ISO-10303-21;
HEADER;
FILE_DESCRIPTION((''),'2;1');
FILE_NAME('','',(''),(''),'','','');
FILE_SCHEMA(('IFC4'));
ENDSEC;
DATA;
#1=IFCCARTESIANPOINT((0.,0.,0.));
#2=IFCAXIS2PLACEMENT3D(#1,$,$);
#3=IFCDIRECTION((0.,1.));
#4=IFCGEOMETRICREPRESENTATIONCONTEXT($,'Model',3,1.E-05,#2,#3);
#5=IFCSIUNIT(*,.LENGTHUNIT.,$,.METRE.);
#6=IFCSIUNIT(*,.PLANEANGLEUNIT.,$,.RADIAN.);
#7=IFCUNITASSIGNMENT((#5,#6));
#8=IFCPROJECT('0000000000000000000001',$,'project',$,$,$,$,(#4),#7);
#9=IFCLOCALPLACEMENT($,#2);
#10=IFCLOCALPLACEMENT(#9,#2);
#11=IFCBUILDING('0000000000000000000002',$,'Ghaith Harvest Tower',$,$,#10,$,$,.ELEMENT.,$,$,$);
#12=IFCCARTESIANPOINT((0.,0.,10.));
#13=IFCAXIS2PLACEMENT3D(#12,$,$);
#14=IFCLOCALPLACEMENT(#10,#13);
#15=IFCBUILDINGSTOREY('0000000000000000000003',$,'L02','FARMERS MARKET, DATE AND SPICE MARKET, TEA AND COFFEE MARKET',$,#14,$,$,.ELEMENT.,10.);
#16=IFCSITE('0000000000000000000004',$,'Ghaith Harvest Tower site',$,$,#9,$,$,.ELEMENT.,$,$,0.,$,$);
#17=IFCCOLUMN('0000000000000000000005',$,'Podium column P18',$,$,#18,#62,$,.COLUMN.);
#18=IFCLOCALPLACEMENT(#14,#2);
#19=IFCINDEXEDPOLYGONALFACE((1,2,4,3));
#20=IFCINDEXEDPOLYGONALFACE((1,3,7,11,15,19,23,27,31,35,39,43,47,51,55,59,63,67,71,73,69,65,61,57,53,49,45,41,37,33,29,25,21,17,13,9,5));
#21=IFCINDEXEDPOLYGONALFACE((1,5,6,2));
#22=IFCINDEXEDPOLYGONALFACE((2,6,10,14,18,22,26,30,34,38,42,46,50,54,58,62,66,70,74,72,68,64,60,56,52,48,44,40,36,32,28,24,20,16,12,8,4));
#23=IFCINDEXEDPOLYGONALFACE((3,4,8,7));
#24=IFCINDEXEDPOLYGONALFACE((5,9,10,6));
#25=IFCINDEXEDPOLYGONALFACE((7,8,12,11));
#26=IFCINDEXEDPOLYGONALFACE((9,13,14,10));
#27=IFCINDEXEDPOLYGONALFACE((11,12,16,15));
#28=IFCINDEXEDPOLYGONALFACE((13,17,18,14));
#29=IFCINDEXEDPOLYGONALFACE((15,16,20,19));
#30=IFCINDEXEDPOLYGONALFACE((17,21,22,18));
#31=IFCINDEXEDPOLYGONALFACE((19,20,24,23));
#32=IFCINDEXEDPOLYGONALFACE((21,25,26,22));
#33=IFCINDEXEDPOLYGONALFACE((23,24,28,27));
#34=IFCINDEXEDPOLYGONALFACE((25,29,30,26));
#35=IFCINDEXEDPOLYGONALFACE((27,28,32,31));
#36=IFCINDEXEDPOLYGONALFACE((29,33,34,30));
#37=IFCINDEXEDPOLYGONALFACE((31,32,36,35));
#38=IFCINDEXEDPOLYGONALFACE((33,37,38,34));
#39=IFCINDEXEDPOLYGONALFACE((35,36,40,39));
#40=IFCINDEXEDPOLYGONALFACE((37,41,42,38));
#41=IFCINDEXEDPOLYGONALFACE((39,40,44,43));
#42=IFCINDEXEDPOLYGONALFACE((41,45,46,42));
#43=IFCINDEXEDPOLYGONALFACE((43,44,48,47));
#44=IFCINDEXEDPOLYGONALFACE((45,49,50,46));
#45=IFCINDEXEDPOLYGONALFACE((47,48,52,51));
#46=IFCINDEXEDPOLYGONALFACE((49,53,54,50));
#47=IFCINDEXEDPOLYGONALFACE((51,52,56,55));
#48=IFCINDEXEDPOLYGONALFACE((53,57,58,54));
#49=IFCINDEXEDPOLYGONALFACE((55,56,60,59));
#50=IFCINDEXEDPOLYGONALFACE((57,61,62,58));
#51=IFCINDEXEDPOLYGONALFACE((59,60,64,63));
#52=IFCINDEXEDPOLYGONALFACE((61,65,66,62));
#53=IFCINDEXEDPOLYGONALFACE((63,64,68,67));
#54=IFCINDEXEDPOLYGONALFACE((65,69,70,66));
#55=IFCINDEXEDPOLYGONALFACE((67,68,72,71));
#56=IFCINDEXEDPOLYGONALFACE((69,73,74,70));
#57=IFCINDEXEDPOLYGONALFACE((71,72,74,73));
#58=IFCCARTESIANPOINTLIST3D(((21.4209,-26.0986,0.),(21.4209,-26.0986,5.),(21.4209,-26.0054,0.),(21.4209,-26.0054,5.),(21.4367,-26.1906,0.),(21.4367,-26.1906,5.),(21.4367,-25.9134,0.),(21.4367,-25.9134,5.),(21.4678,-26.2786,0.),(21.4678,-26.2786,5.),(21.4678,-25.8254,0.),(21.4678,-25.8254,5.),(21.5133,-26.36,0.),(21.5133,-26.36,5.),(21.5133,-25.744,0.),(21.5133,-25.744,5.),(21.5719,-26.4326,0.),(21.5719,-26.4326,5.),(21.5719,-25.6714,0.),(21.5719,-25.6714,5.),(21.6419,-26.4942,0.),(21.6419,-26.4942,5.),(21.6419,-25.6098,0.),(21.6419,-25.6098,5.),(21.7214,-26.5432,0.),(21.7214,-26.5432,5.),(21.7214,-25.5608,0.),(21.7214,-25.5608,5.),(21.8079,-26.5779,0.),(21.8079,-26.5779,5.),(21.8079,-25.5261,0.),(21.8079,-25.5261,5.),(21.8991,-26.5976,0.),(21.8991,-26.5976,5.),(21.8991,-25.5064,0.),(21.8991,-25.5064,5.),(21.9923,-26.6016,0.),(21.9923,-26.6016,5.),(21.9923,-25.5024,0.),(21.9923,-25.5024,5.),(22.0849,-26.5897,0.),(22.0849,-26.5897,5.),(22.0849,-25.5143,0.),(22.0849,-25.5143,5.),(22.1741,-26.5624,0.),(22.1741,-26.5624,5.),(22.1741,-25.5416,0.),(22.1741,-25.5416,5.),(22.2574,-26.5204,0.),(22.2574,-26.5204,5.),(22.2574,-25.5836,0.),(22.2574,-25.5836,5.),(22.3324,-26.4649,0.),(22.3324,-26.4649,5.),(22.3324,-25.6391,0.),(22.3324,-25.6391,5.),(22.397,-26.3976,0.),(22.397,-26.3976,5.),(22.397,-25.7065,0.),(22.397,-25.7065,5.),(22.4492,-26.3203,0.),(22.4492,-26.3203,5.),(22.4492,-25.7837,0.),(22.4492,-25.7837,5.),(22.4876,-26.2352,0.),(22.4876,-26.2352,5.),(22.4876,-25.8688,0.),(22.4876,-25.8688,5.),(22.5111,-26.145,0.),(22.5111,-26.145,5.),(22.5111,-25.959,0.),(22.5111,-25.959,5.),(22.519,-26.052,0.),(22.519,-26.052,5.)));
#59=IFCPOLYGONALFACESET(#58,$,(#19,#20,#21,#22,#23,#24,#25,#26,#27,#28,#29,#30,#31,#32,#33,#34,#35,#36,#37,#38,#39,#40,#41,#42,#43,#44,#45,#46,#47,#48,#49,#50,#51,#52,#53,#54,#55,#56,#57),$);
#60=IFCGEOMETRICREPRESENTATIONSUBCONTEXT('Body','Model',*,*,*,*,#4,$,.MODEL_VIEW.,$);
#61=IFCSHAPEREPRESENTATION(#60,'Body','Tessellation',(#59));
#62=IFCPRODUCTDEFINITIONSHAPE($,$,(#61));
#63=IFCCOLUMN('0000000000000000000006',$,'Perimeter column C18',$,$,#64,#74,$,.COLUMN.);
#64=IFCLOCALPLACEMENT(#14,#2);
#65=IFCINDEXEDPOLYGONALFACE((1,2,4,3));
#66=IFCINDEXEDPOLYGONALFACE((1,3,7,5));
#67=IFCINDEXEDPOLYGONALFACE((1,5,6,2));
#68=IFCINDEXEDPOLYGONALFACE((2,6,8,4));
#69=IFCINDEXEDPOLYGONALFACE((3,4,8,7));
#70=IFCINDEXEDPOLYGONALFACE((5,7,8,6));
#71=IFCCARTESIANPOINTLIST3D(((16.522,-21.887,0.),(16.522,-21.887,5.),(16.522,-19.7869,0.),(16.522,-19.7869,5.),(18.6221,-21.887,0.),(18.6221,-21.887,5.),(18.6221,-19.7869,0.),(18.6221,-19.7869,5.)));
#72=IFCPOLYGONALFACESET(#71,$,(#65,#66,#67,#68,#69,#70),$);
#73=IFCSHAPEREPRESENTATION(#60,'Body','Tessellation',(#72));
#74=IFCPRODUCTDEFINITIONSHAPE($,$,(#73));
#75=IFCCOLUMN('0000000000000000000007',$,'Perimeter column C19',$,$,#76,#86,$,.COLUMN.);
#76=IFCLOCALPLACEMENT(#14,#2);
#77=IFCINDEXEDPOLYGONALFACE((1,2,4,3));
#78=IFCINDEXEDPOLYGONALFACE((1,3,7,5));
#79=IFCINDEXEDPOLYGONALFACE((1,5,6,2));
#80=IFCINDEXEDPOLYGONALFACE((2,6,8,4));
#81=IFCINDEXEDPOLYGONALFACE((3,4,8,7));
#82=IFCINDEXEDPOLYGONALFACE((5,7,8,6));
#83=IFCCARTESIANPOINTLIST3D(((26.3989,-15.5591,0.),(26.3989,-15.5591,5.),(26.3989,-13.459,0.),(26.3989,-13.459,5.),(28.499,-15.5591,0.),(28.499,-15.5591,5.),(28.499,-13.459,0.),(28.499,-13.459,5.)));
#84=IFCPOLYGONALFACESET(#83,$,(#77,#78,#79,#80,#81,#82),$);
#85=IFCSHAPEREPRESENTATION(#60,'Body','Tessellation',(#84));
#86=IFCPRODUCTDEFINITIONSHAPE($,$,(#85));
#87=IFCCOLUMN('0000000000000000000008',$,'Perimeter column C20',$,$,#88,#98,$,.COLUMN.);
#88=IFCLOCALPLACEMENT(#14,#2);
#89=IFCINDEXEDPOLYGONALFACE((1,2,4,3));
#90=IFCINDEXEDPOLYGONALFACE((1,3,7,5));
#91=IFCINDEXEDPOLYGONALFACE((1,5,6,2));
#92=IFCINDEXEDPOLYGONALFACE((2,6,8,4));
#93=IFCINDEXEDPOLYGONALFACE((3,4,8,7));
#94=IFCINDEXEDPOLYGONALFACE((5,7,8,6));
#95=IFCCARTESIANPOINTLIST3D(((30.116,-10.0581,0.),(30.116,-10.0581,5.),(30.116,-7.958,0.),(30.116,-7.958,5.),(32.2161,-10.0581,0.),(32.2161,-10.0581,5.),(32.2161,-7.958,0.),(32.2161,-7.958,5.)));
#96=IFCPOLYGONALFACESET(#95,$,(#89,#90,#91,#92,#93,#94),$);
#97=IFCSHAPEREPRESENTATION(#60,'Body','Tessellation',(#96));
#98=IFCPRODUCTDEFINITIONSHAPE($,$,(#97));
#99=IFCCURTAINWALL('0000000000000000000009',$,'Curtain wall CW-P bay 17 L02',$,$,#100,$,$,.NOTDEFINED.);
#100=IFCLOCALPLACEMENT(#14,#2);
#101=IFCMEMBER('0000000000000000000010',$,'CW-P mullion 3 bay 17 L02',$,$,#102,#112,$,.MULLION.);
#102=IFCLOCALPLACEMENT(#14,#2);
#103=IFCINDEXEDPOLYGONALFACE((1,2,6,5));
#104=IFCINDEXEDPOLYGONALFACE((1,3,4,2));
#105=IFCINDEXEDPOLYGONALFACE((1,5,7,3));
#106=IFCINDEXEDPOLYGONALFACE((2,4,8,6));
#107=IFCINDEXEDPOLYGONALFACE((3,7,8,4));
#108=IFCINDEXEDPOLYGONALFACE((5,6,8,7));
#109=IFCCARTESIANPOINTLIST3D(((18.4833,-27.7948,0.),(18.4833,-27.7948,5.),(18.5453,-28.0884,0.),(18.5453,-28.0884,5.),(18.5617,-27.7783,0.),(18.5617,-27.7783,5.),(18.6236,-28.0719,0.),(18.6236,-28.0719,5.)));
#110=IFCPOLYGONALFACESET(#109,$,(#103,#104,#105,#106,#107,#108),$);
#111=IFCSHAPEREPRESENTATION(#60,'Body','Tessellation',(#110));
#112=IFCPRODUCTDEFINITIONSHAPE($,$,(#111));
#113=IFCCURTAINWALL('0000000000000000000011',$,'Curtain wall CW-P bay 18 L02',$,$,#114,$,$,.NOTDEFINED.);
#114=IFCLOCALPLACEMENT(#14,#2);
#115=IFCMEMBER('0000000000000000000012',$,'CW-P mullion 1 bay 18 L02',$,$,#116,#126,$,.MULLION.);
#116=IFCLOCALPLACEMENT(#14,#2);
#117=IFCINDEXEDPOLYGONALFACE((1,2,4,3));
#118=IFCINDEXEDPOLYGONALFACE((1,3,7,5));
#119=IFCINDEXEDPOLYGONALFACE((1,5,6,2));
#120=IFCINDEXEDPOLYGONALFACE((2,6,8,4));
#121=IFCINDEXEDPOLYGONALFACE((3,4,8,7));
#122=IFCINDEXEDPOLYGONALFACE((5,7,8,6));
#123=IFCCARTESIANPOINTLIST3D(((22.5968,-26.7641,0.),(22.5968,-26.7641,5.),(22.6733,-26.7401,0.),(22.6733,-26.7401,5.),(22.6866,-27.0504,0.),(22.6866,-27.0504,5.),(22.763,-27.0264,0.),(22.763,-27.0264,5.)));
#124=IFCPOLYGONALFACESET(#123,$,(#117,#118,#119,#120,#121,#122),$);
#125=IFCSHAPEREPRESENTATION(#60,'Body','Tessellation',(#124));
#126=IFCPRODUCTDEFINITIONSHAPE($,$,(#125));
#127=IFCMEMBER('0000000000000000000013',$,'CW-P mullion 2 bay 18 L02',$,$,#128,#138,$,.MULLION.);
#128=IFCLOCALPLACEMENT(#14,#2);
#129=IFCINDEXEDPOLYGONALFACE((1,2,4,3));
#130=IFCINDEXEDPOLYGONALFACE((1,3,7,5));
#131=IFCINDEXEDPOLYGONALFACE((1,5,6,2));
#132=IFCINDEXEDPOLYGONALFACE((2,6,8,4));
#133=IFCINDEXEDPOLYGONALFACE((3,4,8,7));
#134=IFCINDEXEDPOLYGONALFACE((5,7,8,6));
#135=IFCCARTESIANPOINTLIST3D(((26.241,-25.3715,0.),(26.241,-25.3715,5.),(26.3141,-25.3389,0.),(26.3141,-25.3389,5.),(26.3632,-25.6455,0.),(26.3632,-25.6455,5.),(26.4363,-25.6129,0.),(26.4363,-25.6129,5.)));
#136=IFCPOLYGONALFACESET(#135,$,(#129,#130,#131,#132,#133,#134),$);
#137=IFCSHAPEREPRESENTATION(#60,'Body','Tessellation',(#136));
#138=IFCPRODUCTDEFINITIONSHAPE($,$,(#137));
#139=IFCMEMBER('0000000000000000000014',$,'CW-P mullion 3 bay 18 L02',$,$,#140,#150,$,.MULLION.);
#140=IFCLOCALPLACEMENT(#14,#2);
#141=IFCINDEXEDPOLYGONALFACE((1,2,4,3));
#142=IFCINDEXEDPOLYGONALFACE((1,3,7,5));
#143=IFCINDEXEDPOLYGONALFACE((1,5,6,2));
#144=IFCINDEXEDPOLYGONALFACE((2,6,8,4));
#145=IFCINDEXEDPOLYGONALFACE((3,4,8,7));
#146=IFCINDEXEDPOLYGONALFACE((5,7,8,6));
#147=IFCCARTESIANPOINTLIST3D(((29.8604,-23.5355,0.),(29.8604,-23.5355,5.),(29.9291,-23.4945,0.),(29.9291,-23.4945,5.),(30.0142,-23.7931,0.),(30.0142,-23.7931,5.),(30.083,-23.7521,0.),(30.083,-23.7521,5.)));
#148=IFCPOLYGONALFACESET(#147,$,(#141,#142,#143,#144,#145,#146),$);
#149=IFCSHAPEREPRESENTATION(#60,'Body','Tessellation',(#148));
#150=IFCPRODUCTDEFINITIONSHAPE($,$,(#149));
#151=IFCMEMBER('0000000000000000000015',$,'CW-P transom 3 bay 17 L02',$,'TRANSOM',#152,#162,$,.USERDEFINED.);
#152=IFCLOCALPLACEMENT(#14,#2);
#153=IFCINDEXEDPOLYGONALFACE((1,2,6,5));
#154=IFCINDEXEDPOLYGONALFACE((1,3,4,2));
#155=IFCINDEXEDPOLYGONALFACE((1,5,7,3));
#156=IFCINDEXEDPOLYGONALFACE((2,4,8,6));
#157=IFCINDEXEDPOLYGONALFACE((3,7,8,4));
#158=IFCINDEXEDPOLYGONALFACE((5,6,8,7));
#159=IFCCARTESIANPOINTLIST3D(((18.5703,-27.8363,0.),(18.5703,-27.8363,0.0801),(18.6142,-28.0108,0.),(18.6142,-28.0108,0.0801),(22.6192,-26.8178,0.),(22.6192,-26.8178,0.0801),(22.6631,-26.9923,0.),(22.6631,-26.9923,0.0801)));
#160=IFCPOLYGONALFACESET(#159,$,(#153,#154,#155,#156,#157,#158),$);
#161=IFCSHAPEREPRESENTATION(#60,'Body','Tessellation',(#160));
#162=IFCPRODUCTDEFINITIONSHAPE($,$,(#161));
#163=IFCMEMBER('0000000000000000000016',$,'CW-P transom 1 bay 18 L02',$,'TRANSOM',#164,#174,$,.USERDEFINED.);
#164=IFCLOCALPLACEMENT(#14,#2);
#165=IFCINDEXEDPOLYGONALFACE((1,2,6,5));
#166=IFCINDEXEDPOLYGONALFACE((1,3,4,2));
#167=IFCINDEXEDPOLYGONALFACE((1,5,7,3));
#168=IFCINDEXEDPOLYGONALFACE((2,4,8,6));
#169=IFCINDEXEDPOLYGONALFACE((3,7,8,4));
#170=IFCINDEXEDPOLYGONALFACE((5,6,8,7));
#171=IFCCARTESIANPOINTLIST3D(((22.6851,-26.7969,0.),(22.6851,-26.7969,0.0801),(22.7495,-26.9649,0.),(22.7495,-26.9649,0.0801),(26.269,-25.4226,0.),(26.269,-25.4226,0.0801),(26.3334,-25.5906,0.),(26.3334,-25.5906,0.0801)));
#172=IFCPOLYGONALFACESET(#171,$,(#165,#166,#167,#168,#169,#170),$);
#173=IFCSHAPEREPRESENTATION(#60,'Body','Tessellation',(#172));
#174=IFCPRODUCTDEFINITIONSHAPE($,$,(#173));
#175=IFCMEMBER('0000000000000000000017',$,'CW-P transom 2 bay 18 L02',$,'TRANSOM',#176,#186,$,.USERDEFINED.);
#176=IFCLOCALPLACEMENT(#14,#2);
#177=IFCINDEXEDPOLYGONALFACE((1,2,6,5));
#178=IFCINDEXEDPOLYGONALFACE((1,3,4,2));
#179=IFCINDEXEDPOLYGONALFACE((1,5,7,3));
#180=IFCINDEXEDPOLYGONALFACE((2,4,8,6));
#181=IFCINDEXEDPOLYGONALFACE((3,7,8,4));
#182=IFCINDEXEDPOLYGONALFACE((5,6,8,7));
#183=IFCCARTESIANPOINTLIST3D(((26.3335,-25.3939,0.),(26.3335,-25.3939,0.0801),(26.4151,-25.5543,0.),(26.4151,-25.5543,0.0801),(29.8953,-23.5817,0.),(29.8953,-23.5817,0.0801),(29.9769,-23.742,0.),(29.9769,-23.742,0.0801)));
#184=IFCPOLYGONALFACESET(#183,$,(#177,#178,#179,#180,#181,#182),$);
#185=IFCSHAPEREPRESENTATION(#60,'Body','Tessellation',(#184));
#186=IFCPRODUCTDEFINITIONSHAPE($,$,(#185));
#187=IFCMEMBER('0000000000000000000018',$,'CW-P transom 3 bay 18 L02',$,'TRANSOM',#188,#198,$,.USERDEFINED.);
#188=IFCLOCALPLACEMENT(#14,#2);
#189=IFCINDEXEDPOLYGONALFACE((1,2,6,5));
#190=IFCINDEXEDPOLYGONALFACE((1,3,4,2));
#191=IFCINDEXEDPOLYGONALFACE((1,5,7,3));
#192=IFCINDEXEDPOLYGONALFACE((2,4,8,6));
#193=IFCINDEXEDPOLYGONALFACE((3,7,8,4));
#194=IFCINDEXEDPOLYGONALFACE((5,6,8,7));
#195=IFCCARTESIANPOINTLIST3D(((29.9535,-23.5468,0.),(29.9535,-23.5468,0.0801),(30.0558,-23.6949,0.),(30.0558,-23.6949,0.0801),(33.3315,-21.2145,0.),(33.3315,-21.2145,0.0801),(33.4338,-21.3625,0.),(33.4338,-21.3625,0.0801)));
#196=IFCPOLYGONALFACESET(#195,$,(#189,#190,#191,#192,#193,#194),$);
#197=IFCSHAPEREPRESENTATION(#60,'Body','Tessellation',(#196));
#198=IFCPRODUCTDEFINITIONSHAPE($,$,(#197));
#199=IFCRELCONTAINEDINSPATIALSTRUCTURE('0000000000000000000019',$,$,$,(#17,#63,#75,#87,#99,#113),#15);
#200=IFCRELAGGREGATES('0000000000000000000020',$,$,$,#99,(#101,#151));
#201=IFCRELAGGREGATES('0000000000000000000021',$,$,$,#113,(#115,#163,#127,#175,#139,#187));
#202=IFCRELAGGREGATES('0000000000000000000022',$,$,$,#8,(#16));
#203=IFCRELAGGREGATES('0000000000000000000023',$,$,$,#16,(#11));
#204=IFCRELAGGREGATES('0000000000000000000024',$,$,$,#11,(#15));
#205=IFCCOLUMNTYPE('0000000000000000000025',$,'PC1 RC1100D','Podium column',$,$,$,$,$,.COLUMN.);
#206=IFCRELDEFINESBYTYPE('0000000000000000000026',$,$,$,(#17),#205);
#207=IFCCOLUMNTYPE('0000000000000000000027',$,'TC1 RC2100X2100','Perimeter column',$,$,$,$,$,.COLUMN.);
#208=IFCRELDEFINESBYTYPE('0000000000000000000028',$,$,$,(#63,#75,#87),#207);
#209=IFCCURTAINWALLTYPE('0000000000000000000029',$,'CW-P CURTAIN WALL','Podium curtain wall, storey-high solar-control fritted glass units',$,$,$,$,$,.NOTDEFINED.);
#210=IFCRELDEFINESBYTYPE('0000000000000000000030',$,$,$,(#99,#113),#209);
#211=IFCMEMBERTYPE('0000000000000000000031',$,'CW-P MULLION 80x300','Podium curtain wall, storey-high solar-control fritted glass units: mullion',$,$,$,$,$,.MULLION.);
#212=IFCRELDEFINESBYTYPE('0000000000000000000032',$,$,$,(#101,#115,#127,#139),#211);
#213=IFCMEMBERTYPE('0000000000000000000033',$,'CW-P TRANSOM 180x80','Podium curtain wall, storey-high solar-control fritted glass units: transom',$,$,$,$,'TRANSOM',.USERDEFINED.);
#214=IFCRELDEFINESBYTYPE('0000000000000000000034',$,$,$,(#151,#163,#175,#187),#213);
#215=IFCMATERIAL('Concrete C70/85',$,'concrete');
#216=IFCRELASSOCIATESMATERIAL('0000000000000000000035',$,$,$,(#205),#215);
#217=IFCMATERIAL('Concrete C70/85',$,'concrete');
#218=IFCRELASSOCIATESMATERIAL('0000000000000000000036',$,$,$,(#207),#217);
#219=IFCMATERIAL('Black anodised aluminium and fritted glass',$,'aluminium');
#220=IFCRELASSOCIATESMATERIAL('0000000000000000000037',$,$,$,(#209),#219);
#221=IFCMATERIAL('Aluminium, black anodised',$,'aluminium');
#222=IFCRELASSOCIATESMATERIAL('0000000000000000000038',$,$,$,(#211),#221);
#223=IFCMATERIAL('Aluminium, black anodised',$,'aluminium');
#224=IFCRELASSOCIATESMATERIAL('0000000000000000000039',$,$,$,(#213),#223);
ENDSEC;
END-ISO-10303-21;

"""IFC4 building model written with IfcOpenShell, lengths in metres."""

from ifc_helpers import new_model, si_unit, direction, frame, origin, origin_2d, place, context, subcontext, project, spatial, rectangle, circle, extrude, material, material_profile, profile_set, type_object, element, aggregate, save


model = new_model("IFC4")

# Units and contexts
model_context = context("Model", 3, precision=1e-05, world=origin(), true_north=direction((0.0, 1.0)))
body_context = subcontext(model_context, "Body", "Model", "MODEL_VIEW")
ifc_project = project(units=[si_unit("LENGTHUNIT", "METRE"), si_unit("PLANEANGLEUNIT", "RADIAN")], contexts=[model_context])

# Site, building, storey
site_placement = place(None, origin())
site = spatial("IfcSite", under=ifc_project, at=site_placement, Name="Ghaith Harvest Tower site", CompositionType="ELEMENT", RefElevation=0.0)
building_placement = place(site_placement, origin())
building = spatial("IfcBuilding", under=site, at=building_placement, Name="Ghaith Harvest Tower", CompositionType="ELEMENT")
storey_placement = place(building_placement, frame((0.0, 0.0, 10.0)))
storey = spatial("IfcBuildingStorey", under=building, at=storey_placement, Name="L02", Description="FARMERS MARKET, DATE AND SPICE MARKET, TEA AND COFFEE MARKET", CompositionType="ELEMENT", Elevation=10.0)

# Columns
ifc_material_1 = material(Name="Concrete C70/85", Category="concrete")
ifc_material_profile_1 = material_profile(ifc_material_1, circle(Radius=0.55, at=origin_2d()), Name="RC1100D")
ifc_profile_set_1 = profile_set([ifc_material_profile_1], Name="Concrete C70/85")
column_type_1 = type_object("IfcColumnType", Name="PC1 RC1100D", Description="Podium column", PredefinedType="COLUMN", material=ifc_profile_set_1)
column_placement = place(storey_placement, frame((21.969, -26.052, 0.0), z_axis=(0.0, 0.0, 1.0), x_axis=(1.0, 0.0, 0.0)))
element("IfcColumn", 1, at=column_placement, inside=storey, type_object=column_type_1, Name="Podium column P18", PredefinedType="COLUMN", context=body_context, shape_type="SweptSolid", body=[
    extrude(circle(Radius=0.55, at=origin_2d()), origin(), (0.0, 0.0, 1.0), 5.0),
])
ifc_material_2 = material(Name="Concrete C70/85", Category="concrete")
ifc_material_profile_2 = material_profile(ifc_material_2, rectangle(XDim=2.1001, YDim=2.1001, at=origin_2d()), Name="RC2100X2100")
ifc_profile_set_2 = profile_set([ifc_material_profile_2], Name="Concrete C70/85")
column_type_2 = type_object("IfcColumnType", Name="TC1 RC2100X2100", Description="Perimeter column", PredefinedType="COLUMN", material=ifc_profile_set_2)
for number, where, z_axis, x_axis, name in (
    (2, (17.572, -20.8369, 0.0), (0.0, 0.0, 1.0), (1.0, 0.0, 0.0), "Perimeter column C18"),
    (3, (27.449, -14.509, 0.0), (0.0, 0.0, 1.0), (1.0, 0.0, 0.0), "Perimeter column C19"),
    (4, (31.166, -9.0081, 0.0), (0.0, 0.0, 1.0), (1.0, 0.0, 0.0), "Perimeter column C20"),
):
    element("IfcColumn", number, at=place(storey_placement, frame(where, z_axis=z_axis, x_axis=x_axis)), inside=storey, type_object=column_type_2, Name=name, PredefinedType="COLUMN", context=body_context, shape_type="SweptSolid", body=[
        extrude(rectangle(XDim=2.1001, YDim=2.1001, at=origin_2d()), origin(), (0.0, 0.0, 1.0), 5.0),
    ])

# Curtain wall, member
ifc_material_3 = material(Name="Black anodised aluminium and fritted glass", Category="aluminium")
curtain_wall_type = type_object("IfcCurtainWallType", Name="CW-P CURTAIN WALL", Description="Podium curtain wall, storey-high solar-control fritted glass units", PredefinedType="NOTDEFINED", material=ifc_material_3)
curtain_wall_1_placement = place(storey_placement, origin())
curtain_wall_1 = element("IfcCurtainWall", 5, at=curtain_wall_1_placement, inside=storey, type_object=curtain_wall_type, Name="Curtain wall CW-P bay 17 L02", PredefinedType="NOTDEFINED")
ifc_material_4 = material(Name="Aluminium, black anodised", Category="aluminium")
ifc_material_profile_3 = material_profile(ifc_material_4, rectangle(XDim=0.0801, YDim=0.3, at=origin_2d()), Name="CW-P MULLION 80x300")
ifc_profile_set_3 = profile_set([ifc_material_profile_3], Name="Aluminium, black anodised")
member_type_1 = type_object("IfcMemberType", Name="CW-P MULLION 80x300", Description="Podium curtain wall, storey-high solar-control fritted glass units: mullion", PredefinedType="MULLION", material=ifc_profile_set_3)
member_1_placement = place(storey_placement, frame((18.5535, -27.9333, 0.0), z_axis=(0.0, 0.0, 1.0), x_axis=(0.978449, 0.20649, 0.0)))
member_1 = element("IfcMember", 6, at=member_1_placement, type_object=member_type_1, Name="CW-P mullion 3 bay 17 L02", PredefinedType="MULLION", context=body_context, shape_type="SweptSolid", body=[
    extrude(rectangle(XDim=0.0801, YDim=0.3, at=origin_2d()), origin(), (0.0, 0.0, 1.0), 5.0),
])

# Curtain wall, members
curtain_wall_2_placement = place(storey_placement, origin())
curtain_wall_2 = element("IfcCurtainWall", 7, at=curtain_wall_2_placement, inside=storey, type_object=curtain_wall_type, Name="Curtain wall CW-P bay 18 L02", PredefinedType="NOTDEFINED")
member_2_placement = place(storey_placement, frame((22.6799, -26.8953, 0.0), z_axis=(0.0, 0.0, 1.0), x_axis=(0.954194, 0.299188, 0.0)))
member_2 = element("IfcMember", 8, at=member_2_placement, type_object=member_type_1, Name="CW-P mullion 1 bay 18 L02", PredefinedType="MULLION", context=body_context, shape_type="SweptSolid", body=[
    extrude(rectangle(XDim=0.0801, YDim=0.3, at=origin_2d()), origin(), (0.0, 0.0, 1.0), 5.0),
])
member_3_placement = place(storey_placement, frame((26.3386, -25.4922, 0.0), z_axis=(0.0, 0.0, 1.0), x_axis=(0.913314, 0.407257, 0.0)))
member_3 = element("IfcMember", 9, at=member_3_placement, type_object=member_type_1, Name="CW-P mullion 2 bay 18 L02", PredefinedType="MULLION", context=body_context, shape_type="SweptSolid", body=[
    extrude(rectangle(XDim=0.0801, YDim=0.3, at=origin_2d()), origin(), (0.0, 0.0, 1.0), 5.0),
])
member_4_placement = place(storey_placement, frame((29.9717, -23.6438, 0.0), z_axis=(0.0, 0.0, 1.0), x_axis=(0.858547, 0.512735, 0.0)))
member_4 = element("IfcMember", 10, at=member_4_placement, type_object=member_type_1, Name="CW-P mullion 3 bay 18 L02", PredefinedType="MULLION", context=body_context, shape_type="SweptSolid", body=[
    extrude(rectangle(XDim=0.0801, YDim=0.3, at=origin_2d()), origin(), (0.0, 0.0, 1.0), 5.0),
])

# Members
ifc_material_5 = material(Name="Aluminium, black anodised", Category="aluminium")
ifc_material_profile_4 = material_profile(ifc_material_5, rectangle(XDim=0.1799, YDim=0.0801, at=origin_2d()), Name="CW-P TRANSOM 180x80")
ifc_profile_set_4 = profile_set([ifc_material_profile_4], Name="Aluminium, black anodised")
member_type_2 = type_object("IfcMemberType", Name="CW-P TRANSOM 180x80", Description="Podium curtain wall, storey-high solar-control fritted glass units: transom", ElementType="TRANSOM", PredefinedType="USERDEFINED", material=ifc_profile_set_4)
member_5_placement = place(storey_placement, frame((18.5923, -27.9236, 0.04), z_axis=(0.969784, 0.243966, 0.0), x_axis=(-0.243966, 0.969784, 0.0)))
member_5 = element("IfcMember", 11, at=member_5_placement, type_object=member_type_2, Name="CW-P transom 3 bay 17 L02", ObjectType="TRANSOM", PredefinedType="USERDEFINED", context=body_context, shape_type="SweptSolid", body=[
    extrude(rectangle(XDim=0.1799, YDim=0.0801, at=origin_2d()), origin(), (0.0, 0.0, 1.0), 4.175),
])
member_6_placement = place(storey_placement, frame((22.7173, -26.8809, 0.04), z_axis=(0.933711, 0.358028, 0.0), x_axis=(-0.358028, 0.933711, 0.0)))
member_6 = element("IfcMember", 12, at=member_6_placement, type_object=member_type_2, Name="CW-P transom 1 bay 18 L02", ObjectType="TRANSOM", PredefinedType="USERDEFINED", context=body_context, shape_type="SweptSolid", body=[
    extrude(rectangle(XDim=0.1799, YDim=0.0801, at=origin_2d()), origin(), (0.0, 0.0, 1.0), 3.8384),
])
member_7_placement = place(storey_placement, frame((26.3743, -25.4741, 0.04), z_axis=(0.891265, 0.453483, 0.0), x_axis=(-0.453483, 0.891265, 0.0)))
member_7 = element("IfcMember", 13, at=member_7_placement, type_object=member_type_2, Name="CW-P transom 2 bay 18 L02", ObjectType="TRANSOM", PredefinedType="USERDEFINED", context=body_context, shape_type="SweptSolid", body=[
    extrude(rectangle(XDim=0.1799, YDim=0.0801, at=origin_2d()), origin(), (0.0, 0.0, 1.0), 3.9963),
])
member_8_placement = place(storey_placement, frame((30.0046, -23.6208, 0.04), z_axis=(0.822909, 0.568173, 0.0), x_axis=(-0.568173, 0.822909, 0.0)))
member_8 = element("IfcMember", 14, at=member_8_placement, type_object=member_type_2, Name="CW-P transom 3 bay 18 L02", ObjectType="TRANSOM", PredefinedType="USERDEFINED", context=body_context, shape_type="SweptSolid", body=[
    extrude(rectangle(XDim=0.1799, YDim=0.0801, at=origin_2d()), origin(), (0.0, 0.0, 1.0), 4.105),
])

aggregate(curtain_wall_1, [member_1, member_5])
aggregate(curtain_wall_2, [member_2, member_6, member_3, member_7, member_4, member_8])

save(model, "model.ifc")
